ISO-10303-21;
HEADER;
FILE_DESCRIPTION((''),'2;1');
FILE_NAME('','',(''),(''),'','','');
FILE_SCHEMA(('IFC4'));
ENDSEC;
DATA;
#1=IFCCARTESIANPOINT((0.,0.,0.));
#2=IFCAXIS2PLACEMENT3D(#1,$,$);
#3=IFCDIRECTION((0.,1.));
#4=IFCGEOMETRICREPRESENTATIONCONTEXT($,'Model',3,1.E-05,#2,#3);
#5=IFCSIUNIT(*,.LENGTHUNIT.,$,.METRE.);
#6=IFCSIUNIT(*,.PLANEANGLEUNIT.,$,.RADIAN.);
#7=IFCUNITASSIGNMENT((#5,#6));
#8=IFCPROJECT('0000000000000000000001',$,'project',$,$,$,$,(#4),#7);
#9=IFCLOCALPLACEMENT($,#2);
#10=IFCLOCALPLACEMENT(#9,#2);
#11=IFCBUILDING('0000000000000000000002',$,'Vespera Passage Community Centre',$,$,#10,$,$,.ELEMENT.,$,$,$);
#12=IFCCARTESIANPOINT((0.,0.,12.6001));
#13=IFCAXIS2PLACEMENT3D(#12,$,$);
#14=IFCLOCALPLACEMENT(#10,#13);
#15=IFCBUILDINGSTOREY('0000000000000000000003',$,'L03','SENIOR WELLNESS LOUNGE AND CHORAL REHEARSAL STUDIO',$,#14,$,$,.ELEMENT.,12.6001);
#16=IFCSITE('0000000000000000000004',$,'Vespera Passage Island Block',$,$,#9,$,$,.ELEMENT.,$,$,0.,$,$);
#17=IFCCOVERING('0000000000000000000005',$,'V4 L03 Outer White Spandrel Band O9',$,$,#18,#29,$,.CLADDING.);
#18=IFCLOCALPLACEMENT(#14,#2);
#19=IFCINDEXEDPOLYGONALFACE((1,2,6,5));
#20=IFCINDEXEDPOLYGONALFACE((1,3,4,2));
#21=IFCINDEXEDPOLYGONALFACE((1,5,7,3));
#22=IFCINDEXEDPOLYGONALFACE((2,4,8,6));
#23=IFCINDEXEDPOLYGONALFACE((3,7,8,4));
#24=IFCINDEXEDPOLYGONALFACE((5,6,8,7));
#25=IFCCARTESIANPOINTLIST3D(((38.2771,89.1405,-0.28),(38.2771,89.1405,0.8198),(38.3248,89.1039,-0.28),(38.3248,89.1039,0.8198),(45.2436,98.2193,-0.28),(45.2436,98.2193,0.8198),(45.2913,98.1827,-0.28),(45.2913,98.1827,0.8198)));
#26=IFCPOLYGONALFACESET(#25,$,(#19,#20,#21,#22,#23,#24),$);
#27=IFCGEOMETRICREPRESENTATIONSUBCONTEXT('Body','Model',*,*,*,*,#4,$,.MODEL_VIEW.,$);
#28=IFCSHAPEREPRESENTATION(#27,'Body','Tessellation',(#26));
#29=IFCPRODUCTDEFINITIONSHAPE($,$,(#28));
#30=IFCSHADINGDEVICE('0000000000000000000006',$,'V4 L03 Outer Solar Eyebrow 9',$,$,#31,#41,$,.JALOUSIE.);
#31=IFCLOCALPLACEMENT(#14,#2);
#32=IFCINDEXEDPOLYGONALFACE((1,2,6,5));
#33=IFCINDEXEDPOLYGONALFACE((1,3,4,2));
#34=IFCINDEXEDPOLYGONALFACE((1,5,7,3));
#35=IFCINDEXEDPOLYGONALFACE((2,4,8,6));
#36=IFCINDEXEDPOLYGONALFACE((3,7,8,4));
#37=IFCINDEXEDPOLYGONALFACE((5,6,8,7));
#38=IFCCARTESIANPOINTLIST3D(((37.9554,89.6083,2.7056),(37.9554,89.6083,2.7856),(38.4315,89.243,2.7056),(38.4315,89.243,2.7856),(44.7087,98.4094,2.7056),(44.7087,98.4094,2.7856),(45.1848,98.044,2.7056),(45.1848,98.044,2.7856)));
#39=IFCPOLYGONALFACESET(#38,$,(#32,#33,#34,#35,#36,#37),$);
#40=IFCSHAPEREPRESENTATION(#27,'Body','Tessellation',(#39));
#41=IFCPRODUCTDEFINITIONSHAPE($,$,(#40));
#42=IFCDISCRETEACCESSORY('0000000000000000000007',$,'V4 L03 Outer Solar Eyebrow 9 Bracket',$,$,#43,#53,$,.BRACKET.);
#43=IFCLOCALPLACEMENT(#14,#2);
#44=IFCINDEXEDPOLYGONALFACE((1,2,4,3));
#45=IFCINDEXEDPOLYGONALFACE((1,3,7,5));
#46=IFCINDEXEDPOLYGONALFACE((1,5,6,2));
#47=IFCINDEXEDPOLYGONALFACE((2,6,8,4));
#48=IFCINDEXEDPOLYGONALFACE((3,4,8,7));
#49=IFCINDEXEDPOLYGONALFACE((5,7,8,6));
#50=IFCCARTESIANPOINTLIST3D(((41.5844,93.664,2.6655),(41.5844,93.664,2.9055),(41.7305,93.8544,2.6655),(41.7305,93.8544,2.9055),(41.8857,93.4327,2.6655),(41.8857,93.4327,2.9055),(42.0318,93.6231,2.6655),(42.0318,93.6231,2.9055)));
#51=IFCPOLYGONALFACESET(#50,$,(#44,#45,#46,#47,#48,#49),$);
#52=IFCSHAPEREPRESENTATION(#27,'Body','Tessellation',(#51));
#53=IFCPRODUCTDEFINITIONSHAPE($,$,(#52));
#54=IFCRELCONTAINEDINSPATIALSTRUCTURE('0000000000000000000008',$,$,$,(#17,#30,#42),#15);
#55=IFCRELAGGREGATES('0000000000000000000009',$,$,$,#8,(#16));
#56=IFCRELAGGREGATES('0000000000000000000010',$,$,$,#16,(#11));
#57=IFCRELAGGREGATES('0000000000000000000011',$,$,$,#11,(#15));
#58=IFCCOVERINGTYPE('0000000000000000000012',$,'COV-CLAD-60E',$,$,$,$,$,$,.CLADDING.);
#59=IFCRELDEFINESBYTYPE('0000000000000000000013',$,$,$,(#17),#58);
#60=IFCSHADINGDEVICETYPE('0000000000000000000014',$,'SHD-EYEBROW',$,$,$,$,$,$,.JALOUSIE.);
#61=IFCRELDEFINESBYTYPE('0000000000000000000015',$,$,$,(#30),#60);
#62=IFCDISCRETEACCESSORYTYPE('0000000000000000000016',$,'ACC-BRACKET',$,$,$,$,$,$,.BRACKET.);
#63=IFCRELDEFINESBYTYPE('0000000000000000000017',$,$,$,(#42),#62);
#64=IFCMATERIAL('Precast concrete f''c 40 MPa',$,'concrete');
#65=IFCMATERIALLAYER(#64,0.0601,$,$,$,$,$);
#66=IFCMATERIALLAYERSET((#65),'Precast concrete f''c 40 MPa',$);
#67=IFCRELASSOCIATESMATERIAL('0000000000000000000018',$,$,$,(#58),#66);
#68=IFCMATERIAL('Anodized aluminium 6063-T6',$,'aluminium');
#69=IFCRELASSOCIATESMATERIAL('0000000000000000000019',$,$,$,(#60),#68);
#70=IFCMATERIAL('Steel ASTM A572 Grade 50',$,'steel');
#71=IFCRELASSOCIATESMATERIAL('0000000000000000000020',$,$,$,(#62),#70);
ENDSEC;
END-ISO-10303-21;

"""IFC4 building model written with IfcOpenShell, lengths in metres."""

from ifc_helpers import new_model, si_unit, direction, frame, frame_2d, origin, origin_2d, place, context, subcontext, project, spatial, rectangle, extrude, material, layer, layer_set, type_object, element, save


model = new_model("IFC4")

# Units and contexts
model_context = context("Model", 3, precision=1e-05, world=origin(), true_north=direction((0.0, 1.0)))
body_context = subcontext(model_context, "Body", "Model", "MODEL_VIEW")
ifc_project = project(units=[si_unit("LENGTHUNIT", "METRE"), si_unit("PLANEANGLEUNIT", "RADIAN")], contexts=[model_context])

# Site, building, storey
site_placement = place(None, origin())
site = spatial("IfcSite", under=ifc_project, at=site_placement, Name="Vespera Passage Island Block", CompositionType="ELEMENT", RefElevation=0.0)
building_placement = place(site_placement, origin())
building = spatial("IfcBuilding", under=site, at=building_placement, Name="Vespera Passage Community Centre", CompositionType="ELEMENT")
storey_placement = place(building_placement, frame((0.0, 0.0, 12.6001)))
storey = spatial("IfcBuildingStorey", under=building, at=storey_placement, Name="L03", Description="SENIOR WELLNESS LOUNGE AND CHORAL REHEARSAL STUDIO", CompositionType="ELEMENT", Elevation=12.6001)

# Covering
ifc_material_1 = material(Name="Precast concrete f'c 40 MPa", Category="concrete")
ifc_layer_1 = layer(ifc_material_1, 0.0601)
ifc_layer_set_1 = layer_set([ifc_layer_1], Name="Precast concrete f'c 40 MPa")
covering_type = type_object("IfcCoveringType", Name="COV-CLAD-60E", PredefinedType="CLADDING", material=ifc_layer_set_1)
covering_placement = place(storey_placement, frame((38.301, 89.1223, -0.28), z_axis=(0.0, 0.0, 1.0), x_axis=(0.608767, 0.793349, 0.0)))
element("IfcCovering", 1, at=covering_placement, inside=storey, type_object=covering_type, Name="V4 L03 Outer White Spandrel Band O9", PredefinedType="CLADDING", context=body_context, shape_type="SweptSolid", body=[
    extrude(rectangle(XDim=11.4436, YDim=0.0601, at=frame_2d((5.7217, 0.0))), origin(), (0.0, 0.0, 1.0), 1.0999),
])

# Shading device
ifc_material_2 = material(Name="Anodized aluminium 6063-T6", Category="aluminium")
shading_device_type = type_object("IfcShadingDeviceType", Name="SHD-EYEBROW", PredefinedType="JALOUSIE", material=ifc_material_2)
shading_device_placement = place(storey_placement, frame((41.5701, 93.8262, 2.7056), z_axis=(0.0, 0.0, 1.0), x_axis=(0.608761, 0.793353, 0.0)))
element("IfcShadingDevice", 2, at=shading_device_placement, inside=storey, type_object=shading_device_type, Name="V4 L03 Outer Solar Eyebrow 9", PredefinedType="JALOUSIE", context=body_context, shape_type="SweptSolid", body=[
    extrude(rectangle(XDim=11.0935, YDim=0.6001, at=origin_2d()), origin(), (0.0, 0.0, 1.0), 0.0801),
])

# Discrete accessory
ifc_material_3 = material(Name="Steel ASTM A572 Grade 50", Category="steel")
discrete_accessory_type = type_object("IfcDiscreteAccessoryType", Name="ACC-BRACKET", PredefinedType="BRACKET", material=ifc_material_3)
discrete_accessory_placement = place(storey_placement, frame((41.8081, 93.6436, 2.6655), z_axis=(0.0, 0.0, 1.0), x_axis=(0.608761, 0.793353, 0.0)))
element("IfcDiscreteAccessory", 3, at=discrete_accessory_placement, inside=storey, type_object=discrete_accessory_type, Name="V4 L03 Outer Solar Eyebrow 9 Bracket", PredefinedType="BRACKET", context=body_context, shape_type="SweptSolid", body=[
    extrude(rectangle(XDim=0.24, YDim=0.3799, at=origin_2d()), origin(), (0.0, 0.0, 1.0), 0.24),
])

save(model, "model.ifc")
